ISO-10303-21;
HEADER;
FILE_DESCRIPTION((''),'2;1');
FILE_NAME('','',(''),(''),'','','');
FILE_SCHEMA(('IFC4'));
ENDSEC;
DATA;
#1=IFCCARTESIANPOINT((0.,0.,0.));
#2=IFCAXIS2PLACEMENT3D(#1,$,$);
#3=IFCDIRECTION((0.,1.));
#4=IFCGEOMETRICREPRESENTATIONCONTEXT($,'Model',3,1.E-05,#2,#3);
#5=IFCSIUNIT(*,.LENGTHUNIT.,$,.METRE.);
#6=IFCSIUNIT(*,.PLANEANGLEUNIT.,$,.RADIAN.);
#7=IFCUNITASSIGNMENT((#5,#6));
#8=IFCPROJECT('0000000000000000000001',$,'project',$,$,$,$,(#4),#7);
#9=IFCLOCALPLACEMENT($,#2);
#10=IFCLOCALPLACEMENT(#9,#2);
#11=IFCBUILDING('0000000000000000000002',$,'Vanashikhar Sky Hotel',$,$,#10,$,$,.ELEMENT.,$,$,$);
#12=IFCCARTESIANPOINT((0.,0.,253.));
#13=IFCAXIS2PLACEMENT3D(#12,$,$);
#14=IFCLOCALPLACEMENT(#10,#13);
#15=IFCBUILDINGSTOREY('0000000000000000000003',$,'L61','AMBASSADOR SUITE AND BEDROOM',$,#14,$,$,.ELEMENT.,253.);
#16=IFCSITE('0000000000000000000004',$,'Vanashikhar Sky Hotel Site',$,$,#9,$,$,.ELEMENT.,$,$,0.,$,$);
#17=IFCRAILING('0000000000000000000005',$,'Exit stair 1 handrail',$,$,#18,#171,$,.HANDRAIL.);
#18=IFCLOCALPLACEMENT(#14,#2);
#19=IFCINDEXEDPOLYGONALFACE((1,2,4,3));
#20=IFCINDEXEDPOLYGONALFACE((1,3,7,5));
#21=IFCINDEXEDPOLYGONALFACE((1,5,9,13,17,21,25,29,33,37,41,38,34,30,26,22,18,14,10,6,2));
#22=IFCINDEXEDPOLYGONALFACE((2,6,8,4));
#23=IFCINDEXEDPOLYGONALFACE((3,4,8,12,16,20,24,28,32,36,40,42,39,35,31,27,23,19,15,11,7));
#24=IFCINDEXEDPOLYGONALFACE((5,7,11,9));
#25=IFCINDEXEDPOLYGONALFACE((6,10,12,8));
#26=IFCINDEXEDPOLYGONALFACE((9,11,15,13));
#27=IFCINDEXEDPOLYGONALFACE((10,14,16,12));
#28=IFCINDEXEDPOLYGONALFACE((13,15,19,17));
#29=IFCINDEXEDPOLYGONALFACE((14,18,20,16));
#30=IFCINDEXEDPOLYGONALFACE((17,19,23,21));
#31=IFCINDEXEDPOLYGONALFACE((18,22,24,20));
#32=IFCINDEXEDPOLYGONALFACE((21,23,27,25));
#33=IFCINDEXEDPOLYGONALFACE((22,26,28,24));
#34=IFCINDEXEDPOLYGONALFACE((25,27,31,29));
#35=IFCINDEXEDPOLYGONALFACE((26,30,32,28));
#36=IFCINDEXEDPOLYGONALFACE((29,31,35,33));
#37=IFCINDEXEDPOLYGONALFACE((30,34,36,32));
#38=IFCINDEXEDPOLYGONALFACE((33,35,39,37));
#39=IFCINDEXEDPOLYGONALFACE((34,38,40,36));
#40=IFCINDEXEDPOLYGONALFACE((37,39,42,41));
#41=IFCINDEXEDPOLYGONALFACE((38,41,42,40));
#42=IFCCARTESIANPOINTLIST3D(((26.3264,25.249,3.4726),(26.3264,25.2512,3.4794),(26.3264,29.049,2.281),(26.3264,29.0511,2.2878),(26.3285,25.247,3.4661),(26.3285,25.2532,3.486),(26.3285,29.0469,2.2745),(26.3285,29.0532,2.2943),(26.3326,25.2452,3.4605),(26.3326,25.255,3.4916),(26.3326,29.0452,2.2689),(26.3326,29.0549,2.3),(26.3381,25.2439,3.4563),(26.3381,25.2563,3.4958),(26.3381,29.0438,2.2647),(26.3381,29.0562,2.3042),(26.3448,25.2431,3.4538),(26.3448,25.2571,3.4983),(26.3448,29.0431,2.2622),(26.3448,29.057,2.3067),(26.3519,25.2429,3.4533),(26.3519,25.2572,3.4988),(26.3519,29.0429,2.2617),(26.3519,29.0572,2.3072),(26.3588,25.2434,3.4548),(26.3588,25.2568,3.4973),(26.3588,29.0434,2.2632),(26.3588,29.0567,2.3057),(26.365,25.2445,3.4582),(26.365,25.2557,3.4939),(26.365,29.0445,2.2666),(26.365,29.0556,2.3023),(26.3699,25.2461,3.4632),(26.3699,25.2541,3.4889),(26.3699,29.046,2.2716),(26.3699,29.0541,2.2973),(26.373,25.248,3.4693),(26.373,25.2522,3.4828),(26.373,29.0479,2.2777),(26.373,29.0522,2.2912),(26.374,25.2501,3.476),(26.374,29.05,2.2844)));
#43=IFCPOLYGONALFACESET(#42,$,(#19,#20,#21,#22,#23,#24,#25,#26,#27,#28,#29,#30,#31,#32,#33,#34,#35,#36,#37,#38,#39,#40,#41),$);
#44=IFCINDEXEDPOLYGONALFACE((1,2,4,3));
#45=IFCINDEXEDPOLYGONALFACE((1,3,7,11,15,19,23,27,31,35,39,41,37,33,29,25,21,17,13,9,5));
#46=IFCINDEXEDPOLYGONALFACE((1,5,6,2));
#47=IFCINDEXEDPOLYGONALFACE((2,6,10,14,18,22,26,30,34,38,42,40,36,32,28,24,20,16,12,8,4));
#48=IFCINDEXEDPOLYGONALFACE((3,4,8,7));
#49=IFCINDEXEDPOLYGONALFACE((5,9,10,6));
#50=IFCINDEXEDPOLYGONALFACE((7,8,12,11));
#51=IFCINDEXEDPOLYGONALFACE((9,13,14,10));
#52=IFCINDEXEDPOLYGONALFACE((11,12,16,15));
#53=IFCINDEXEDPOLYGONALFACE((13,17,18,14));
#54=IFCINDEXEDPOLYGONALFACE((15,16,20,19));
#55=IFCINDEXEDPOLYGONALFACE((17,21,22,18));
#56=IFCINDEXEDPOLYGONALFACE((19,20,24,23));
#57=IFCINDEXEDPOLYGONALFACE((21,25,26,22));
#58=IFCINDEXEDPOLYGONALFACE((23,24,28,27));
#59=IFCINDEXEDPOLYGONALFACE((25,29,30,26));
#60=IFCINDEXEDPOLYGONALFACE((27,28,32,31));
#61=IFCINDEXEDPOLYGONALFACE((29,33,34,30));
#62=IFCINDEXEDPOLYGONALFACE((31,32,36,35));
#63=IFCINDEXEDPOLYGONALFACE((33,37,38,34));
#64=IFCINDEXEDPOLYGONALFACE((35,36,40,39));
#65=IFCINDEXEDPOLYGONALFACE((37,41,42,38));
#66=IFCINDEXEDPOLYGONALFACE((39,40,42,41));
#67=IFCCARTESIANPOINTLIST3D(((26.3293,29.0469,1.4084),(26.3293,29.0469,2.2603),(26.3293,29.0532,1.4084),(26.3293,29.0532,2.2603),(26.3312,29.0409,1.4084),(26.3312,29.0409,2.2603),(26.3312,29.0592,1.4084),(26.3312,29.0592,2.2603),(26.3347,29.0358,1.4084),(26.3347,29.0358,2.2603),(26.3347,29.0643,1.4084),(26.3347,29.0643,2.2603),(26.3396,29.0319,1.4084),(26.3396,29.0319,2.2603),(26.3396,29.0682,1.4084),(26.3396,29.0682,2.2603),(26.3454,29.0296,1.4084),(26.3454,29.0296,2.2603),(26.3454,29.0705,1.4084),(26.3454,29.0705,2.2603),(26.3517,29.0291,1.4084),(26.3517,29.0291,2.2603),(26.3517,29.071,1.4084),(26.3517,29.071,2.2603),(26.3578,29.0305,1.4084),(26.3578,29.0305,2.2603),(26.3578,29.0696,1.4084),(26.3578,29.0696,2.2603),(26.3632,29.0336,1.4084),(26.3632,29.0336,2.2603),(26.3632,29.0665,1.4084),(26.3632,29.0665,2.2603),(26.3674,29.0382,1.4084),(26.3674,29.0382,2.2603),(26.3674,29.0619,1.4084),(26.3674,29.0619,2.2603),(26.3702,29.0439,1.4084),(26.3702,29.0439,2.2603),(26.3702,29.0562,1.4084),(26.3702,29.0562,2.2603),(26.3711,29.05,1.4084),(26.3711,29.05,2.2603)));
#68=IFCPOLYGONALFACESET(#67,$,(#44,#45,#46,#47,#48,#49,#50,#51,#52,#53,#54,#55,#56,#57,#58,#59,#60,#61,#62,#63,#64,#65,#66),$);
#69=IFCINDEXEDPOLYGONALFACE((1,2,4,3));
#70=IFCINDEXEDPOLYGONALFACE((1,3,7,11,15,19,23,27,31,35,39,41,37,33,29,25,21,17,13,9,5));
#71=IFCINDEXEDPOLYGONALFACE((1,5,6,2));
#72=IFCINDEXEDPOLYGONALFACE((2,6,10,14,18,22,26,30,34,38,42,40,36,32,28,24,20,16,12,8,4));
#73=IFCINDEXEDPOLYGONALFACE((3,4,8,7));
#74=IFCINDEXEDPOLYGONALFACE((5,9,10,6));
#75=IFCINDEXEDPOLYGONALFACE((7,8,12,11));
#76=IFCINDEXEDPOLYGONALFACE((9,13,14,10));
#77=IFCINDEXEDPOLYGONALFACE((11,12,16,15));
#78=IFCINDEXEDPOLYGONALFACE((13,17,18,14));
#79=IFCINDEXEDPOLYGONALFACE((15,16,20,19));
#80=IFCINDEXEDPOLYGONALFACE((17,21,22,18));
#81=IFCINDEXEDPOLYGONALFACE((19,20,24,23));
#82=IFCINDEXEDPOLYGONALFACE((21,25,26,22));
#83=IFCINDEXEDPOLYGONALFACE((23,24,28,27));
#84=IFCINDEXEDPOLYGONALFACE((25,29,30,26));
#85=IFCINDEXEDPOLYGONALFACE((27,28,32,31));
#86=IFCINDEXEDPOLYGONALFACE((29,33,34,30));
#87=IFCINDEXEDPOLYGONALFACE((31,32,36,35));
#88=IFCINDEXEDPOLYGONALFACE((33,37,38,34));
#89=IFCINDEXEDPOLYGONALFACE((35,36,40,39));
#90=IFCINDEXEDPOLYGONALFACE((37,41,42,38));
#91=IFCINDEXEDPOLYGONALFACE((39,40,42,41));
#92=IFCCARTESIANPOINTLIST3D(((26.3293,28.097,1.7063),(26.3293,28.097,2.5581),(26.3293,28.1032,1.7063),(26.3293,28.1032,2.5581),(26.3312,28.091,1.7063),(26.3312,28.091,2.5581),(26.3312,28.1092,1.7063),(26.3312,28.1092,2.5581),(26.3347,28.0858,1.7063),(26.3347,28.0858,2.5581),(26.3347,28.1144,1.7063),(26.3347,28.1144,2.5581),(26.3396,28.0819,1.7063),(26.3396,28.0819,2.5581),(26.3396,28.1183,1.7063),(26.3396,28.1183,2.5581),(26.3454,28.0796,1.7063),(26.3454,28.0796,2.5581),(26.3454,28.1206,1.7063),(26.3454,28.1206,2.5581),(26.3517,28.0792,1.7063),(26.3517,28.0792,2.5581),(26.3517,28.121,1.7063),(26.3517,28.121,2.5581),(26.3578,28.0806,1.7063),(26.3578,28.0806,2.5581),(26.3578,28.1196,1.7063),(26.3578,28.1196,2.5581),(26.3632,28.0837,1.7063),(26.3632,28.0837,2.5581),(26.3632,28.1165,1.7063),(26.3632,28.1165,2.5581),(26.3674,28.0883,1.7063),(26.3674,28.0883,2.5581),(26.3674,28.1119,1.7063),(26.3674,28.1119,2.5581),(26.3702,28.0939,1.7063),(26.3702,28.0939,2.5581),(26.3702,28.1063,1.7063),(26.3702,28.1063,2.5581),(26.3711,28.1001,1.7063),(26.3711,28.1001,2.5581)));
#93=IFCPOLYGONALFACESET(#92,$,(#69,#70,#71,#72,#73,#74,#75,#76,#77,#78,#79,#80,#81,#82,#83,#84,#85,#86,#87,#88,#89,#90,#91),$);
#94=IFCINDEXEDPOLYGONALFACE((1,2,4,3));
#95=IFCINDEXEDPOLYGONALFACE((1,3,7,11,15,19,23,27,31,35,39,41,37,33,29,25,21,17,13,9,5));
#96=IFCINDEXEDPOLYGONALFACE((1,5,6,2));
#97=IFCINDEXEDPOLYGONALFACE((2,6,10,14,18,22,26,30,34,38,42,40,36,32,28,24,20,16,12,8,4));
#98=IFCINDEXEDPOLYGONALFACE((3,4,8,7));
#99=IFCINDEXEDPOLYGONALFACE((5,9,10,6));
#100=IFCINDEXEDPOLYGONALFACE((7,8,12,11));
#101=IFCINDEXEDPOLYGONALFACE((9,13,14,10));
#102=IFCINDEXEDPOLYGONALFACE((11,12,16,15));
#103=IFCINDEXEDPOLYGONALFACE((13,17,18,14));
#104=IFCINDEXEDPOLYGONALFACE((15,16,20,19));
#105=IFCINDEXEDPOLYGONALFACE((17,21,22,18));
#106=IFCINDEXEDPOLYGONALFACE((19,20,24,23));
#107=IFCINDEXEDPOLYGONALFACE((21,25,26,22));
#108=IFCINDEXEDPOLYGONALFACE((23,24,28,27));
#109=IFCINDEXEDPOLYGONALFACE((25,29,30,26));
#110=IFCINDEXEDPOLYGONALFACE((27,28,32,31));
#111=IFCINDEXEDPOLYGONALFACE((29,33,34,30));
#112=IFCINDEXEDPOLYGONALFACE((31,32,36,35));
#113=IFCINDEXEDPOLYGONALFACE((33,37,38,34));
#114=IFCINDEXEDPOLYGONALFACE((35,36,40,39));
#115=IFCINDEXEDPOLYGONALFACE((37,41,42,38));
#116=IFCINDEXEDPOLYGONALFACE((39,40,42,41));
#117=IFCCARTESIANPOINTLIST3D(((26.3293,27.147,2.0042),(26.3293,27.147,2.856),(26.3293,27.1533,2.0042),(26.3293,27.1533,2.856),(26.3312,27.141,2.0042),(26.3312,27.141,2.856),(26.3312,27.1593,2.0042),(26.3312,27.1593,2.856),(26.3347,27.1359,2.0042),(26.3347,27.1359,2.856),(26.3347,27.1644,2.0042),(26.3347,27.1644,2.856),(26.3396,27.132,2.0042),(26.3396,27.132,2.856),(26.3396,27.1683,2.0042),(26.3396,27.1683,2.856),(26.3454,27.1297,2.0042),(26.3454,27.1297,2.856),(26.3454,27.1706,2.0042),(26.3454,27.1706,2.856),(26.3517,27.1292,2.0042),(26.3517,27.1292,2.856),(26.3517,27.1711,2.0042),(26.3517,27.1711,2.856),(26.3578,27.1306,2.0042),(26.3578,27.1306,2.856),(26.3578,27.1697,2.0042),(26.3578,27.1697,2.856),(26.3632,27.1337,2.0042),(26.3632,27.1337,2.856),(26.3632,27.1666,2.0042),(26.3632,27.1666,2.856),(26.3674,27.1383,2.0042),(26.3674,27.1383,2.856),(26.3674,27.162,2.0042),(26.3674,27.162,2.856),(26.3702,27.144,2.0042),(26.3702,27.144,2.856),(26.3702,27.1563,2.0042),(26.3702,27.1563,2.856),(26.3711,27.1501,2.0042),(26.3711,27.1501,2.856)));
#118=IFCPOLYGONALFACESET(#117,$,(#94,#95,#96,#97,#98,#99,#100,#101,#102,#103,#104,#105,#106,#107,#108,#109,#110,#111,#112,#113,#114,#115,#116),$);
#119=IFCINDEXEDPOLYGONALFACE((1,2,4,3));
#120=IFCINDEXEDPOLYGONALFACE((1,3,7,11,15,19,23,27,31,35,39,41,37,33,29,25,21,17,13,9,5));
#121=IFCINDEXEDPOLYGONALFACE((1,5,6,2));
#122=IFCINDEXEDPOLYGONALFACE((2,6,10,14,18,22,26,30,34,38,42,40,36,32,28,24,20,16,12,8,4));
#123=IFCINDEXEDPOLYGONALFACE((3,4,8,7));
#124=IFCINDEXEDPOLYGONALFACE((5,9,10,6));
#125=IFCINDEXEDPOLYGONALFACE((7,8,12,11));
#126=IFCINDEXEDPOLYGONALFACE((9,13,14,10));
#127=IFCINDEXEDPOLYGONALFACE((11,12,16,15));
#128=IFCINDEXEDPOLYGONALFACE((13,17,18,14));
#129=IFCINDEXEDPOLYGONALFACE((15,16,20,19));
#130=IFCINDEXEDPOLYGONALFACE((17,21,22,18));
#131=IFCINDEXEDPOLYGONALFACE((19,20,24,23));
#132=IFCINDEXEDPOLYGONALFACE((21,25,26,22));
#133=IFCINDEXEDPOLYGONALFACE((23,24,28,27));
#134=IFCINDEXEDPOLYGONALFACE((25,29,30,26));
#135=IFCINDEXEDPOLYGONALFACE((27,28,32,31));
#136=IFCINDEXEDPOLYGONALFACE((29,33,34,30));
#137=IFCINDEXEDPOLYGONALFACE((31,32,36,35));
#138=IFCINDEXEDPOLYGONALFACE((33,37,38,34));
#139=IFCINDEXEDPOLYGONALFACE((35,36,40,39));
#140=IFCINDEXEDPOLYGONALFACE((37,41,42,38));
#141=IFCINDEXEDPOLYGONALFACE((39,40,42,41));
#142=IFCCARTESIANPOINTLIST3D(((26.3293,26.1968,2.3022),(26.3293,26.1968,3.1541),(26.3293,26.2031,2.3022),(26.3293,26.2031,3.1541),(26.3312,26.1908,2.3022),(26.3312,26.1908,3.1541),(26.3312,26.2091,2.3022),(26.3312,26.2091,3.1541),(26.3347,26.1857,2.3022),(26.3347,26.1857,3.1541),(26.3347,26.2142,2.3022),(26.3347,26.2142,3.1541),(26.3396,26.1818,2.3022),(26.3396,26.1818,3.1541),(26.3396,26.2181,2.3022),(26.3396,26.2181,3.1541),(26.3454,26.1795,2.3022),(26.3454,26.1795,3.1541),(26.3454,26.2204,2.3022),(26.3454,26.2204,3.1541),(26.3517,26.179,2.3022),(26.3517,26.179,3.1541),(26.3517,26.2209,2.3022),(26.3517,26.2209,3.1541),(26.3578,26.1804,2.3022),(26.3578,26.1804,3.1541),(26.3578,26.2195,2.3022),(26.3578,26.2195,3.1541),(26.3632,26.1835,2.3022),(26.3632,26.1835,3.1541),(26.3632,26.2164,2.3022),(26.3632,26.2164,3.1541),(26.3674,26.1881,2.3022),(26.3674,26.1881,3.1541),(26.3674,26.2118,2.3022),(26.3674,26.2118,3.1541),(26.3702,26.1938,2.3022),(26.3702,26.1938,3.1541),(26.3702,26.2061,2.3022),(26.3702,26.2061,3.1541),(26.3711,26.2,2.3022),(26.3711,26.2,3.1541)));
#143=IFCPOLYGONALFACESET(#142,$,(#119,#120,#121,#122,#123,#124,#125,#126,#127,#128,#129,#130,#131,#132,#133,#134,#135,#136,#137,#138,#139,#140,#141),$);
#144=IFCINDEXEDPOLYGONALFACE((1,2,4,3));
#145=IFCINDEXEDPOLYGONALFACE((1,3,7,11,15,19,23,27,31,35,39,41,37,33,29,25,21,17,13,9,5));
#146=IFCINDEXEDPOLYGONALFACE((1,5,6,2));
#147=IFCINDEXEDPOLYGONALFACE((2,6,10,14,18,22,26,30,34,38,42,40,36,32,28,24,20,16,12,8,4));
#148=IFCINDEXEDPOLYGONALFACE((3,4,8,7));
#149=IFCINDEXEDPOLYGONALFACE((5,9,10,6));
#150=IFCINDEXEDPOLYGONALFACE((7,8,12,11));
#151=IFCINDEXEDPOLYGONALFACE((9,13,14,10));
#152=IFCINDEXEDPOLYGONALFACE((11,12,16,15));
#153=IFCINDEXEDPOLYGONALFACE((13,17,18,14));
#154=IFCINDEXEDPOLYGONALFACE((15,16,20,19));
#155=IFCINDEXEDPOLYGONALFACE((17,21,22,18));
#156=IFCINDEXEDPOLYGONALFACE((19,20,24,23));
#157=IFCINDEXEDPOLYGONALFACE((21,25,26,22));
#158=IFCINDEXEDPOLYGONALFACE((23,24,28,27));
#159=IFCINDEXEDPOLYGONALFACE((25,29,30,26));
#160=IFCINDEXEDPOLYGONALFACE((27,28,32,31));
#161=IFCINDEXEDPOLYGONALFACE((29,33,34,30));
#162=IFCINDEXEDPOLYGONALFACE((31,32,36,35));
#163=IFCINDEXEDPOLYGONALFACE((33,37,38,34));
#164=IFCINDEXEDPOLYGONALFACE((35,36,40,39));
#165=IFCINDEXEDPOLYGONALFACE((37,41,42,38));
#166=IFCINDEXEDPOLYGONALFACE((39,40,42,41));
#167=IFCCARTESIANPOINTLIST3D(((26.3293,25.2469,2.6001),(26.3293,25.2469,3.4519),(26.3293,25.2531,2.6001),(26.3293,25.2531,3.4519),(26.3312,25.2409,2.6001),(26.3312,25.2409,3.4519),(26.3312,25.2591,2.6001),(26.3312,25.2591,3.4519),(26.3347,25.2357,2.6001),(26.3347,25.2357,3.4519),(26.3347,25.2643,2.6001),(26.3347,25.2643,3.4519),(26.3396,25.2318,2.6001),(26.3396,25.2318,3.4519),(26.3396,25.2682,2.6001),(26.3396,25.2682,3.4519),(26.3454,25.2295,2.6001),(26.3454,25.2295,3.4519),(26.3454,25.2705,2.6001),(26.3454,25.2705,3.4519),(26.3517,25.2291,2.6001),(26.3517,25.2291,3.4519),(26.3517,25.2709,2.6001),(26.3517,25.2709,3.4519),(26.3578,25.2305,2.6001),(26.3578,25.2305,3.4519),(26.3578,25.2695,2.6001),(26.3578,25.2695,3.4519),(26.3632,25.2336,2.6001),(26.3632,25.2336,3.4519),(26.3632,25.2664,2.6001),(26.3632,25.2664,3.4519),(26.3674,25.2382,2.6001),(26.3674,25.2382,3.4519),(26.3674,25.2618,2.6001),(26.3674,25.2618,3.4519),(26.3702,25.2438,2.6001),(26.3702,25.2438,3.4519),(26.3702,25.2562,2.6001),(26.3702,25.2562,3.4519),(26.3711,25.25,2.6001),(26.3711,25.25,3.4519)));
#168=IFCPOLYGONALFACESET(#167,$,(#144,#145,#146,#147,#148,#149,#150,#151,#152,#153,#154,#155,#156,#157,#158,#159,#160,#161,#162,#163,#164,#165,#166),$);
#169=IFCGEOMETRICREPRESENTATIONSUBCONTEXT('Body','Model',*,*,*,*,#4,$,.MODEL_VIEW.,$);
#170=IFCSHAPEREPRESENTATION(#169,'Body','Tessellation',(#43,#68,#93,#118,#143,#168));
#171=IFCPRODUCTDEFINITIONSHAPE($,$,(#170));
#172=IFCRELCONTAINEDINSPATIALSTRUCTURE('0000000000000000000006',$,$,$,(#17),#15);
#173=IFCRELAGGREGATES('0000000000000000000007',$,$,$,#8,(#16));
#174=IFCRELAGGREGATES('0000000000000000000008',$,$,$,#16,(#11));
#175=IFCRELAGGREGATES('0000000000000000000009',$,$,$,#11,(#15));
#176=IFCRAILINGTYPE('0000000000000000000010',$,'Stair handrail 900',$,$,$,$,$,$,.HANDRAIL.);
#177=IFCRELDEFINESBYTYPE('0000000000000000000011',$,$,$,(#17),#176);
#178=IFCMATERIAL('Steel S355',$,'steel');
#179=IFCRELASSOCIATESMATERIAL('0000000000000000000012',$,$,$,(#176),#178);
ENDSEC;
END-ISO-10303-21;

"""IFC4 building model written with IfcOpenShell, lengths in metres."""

from ifc_helpers import new_model, si_unit, direction, frame, origin, origin_2d, place, context, subcontext, project, spatial, circle, extrude, source, transform, mapped, material, type_object, element, save


model = new_model("IFC4")

# Units and contexts
model_context = context("Model", 3, precision=1e-05, world=origin(), true_north=direction((0.0, 1.0)))
body_context = subcontext(model_context, "Body", "Model", "MODEL_VIEW")
ifc_project = project(units=[si_unit("LENGTHUNIT", "METRE"), si_unit("PLANEANGLEUNIT", "RADIAN")], contexts=[model_context])

# Site, building, storey
site_placement = place(None, origin())
site = spatial("IfcSite", under=ifc_project, at=site_placement, Name="Vanashikhar Sky Hotel Site", CompositionType="ELEMENT", RefElevation=0.0)
building_placement = place(site_placement, origin())
building = spatial("IfcBuilding", under=site, at=building_placement, Name="Vanashikhar Sky Hotel", CompositionType="ELEMENT")
storey_placement = place(building_placement, frame((0.0, 0.0, 253.0)))
storey = spatial("IfcBuildingStorey", under=building, at=storey_placement, Name="L61", Description="AMBASSADOR SUITE AND BEDROOM", CompositionType="ELEMENT", Elevation=253.0)

# Railing
ifc_material_1 = material(Name="Steel S355", Category="steel")
railing_type_1 = type_object("IfcRailingType", Name="Stair handrail 900", PredefinedType="HANDRAIL", material=ifc_material_1)
shared_shape_1 = source(origin(), body_context, "Body", "SweptSolid", [
    extrude(circle(Radius=0.0239, at=origin_2d()), frame((0.0, 0.0, 0.876), z_axis=(0.0, -0.954184, 0.299221), x_axis=(1.0, 0.0, 0.0)), (0.0, 0.0, 1.0), 3.9824),
    extrude(circle(Radius=0.021, at=origin_2d()), origin(), (0.0, 0.0, 1.0), 0.8518),
    extrude(circle(Radius=0.021, at=origin_2d()), frame((0.0, -0.95, 0.2979)), (0.0, 0.0, 1.0), 0.8518),
    extrude(circle(Radius=0.021, at=origin_2d()), frame((0.0, -1.8999, 0.5957)), (0.0, 0.0, 1.0), 0.8518),
    extrude(circle(Radius=0.021, at=origin_2d()), frame((0.0, -2.8501, 0.8938)), (0.0, 0.0, 1.0), 0.8518),
    extrude(circle(Radius=0.021, at=origin_2d()), frame((0.0, -3.8, 1.1917)), (0.0, 0.0, 1.0), 0.8518),
])
railing_1_placement = place(storey_placement, frame((26.3501, 29.05, 1.4084)))
element("IfcRailing", 1, at=railing_1_placement, inside=storey, type_object=railing_type_1, Name="Exit stair 1 handrail", PredefinedType="HANDRAIL", context=body_context, shape_type="MappedRepresentation", body=[
    mapped(shared_shape_1, transform((0.0, 0.0, 0.0), scale=1.0)),
])

save(model, "model.ifc")
